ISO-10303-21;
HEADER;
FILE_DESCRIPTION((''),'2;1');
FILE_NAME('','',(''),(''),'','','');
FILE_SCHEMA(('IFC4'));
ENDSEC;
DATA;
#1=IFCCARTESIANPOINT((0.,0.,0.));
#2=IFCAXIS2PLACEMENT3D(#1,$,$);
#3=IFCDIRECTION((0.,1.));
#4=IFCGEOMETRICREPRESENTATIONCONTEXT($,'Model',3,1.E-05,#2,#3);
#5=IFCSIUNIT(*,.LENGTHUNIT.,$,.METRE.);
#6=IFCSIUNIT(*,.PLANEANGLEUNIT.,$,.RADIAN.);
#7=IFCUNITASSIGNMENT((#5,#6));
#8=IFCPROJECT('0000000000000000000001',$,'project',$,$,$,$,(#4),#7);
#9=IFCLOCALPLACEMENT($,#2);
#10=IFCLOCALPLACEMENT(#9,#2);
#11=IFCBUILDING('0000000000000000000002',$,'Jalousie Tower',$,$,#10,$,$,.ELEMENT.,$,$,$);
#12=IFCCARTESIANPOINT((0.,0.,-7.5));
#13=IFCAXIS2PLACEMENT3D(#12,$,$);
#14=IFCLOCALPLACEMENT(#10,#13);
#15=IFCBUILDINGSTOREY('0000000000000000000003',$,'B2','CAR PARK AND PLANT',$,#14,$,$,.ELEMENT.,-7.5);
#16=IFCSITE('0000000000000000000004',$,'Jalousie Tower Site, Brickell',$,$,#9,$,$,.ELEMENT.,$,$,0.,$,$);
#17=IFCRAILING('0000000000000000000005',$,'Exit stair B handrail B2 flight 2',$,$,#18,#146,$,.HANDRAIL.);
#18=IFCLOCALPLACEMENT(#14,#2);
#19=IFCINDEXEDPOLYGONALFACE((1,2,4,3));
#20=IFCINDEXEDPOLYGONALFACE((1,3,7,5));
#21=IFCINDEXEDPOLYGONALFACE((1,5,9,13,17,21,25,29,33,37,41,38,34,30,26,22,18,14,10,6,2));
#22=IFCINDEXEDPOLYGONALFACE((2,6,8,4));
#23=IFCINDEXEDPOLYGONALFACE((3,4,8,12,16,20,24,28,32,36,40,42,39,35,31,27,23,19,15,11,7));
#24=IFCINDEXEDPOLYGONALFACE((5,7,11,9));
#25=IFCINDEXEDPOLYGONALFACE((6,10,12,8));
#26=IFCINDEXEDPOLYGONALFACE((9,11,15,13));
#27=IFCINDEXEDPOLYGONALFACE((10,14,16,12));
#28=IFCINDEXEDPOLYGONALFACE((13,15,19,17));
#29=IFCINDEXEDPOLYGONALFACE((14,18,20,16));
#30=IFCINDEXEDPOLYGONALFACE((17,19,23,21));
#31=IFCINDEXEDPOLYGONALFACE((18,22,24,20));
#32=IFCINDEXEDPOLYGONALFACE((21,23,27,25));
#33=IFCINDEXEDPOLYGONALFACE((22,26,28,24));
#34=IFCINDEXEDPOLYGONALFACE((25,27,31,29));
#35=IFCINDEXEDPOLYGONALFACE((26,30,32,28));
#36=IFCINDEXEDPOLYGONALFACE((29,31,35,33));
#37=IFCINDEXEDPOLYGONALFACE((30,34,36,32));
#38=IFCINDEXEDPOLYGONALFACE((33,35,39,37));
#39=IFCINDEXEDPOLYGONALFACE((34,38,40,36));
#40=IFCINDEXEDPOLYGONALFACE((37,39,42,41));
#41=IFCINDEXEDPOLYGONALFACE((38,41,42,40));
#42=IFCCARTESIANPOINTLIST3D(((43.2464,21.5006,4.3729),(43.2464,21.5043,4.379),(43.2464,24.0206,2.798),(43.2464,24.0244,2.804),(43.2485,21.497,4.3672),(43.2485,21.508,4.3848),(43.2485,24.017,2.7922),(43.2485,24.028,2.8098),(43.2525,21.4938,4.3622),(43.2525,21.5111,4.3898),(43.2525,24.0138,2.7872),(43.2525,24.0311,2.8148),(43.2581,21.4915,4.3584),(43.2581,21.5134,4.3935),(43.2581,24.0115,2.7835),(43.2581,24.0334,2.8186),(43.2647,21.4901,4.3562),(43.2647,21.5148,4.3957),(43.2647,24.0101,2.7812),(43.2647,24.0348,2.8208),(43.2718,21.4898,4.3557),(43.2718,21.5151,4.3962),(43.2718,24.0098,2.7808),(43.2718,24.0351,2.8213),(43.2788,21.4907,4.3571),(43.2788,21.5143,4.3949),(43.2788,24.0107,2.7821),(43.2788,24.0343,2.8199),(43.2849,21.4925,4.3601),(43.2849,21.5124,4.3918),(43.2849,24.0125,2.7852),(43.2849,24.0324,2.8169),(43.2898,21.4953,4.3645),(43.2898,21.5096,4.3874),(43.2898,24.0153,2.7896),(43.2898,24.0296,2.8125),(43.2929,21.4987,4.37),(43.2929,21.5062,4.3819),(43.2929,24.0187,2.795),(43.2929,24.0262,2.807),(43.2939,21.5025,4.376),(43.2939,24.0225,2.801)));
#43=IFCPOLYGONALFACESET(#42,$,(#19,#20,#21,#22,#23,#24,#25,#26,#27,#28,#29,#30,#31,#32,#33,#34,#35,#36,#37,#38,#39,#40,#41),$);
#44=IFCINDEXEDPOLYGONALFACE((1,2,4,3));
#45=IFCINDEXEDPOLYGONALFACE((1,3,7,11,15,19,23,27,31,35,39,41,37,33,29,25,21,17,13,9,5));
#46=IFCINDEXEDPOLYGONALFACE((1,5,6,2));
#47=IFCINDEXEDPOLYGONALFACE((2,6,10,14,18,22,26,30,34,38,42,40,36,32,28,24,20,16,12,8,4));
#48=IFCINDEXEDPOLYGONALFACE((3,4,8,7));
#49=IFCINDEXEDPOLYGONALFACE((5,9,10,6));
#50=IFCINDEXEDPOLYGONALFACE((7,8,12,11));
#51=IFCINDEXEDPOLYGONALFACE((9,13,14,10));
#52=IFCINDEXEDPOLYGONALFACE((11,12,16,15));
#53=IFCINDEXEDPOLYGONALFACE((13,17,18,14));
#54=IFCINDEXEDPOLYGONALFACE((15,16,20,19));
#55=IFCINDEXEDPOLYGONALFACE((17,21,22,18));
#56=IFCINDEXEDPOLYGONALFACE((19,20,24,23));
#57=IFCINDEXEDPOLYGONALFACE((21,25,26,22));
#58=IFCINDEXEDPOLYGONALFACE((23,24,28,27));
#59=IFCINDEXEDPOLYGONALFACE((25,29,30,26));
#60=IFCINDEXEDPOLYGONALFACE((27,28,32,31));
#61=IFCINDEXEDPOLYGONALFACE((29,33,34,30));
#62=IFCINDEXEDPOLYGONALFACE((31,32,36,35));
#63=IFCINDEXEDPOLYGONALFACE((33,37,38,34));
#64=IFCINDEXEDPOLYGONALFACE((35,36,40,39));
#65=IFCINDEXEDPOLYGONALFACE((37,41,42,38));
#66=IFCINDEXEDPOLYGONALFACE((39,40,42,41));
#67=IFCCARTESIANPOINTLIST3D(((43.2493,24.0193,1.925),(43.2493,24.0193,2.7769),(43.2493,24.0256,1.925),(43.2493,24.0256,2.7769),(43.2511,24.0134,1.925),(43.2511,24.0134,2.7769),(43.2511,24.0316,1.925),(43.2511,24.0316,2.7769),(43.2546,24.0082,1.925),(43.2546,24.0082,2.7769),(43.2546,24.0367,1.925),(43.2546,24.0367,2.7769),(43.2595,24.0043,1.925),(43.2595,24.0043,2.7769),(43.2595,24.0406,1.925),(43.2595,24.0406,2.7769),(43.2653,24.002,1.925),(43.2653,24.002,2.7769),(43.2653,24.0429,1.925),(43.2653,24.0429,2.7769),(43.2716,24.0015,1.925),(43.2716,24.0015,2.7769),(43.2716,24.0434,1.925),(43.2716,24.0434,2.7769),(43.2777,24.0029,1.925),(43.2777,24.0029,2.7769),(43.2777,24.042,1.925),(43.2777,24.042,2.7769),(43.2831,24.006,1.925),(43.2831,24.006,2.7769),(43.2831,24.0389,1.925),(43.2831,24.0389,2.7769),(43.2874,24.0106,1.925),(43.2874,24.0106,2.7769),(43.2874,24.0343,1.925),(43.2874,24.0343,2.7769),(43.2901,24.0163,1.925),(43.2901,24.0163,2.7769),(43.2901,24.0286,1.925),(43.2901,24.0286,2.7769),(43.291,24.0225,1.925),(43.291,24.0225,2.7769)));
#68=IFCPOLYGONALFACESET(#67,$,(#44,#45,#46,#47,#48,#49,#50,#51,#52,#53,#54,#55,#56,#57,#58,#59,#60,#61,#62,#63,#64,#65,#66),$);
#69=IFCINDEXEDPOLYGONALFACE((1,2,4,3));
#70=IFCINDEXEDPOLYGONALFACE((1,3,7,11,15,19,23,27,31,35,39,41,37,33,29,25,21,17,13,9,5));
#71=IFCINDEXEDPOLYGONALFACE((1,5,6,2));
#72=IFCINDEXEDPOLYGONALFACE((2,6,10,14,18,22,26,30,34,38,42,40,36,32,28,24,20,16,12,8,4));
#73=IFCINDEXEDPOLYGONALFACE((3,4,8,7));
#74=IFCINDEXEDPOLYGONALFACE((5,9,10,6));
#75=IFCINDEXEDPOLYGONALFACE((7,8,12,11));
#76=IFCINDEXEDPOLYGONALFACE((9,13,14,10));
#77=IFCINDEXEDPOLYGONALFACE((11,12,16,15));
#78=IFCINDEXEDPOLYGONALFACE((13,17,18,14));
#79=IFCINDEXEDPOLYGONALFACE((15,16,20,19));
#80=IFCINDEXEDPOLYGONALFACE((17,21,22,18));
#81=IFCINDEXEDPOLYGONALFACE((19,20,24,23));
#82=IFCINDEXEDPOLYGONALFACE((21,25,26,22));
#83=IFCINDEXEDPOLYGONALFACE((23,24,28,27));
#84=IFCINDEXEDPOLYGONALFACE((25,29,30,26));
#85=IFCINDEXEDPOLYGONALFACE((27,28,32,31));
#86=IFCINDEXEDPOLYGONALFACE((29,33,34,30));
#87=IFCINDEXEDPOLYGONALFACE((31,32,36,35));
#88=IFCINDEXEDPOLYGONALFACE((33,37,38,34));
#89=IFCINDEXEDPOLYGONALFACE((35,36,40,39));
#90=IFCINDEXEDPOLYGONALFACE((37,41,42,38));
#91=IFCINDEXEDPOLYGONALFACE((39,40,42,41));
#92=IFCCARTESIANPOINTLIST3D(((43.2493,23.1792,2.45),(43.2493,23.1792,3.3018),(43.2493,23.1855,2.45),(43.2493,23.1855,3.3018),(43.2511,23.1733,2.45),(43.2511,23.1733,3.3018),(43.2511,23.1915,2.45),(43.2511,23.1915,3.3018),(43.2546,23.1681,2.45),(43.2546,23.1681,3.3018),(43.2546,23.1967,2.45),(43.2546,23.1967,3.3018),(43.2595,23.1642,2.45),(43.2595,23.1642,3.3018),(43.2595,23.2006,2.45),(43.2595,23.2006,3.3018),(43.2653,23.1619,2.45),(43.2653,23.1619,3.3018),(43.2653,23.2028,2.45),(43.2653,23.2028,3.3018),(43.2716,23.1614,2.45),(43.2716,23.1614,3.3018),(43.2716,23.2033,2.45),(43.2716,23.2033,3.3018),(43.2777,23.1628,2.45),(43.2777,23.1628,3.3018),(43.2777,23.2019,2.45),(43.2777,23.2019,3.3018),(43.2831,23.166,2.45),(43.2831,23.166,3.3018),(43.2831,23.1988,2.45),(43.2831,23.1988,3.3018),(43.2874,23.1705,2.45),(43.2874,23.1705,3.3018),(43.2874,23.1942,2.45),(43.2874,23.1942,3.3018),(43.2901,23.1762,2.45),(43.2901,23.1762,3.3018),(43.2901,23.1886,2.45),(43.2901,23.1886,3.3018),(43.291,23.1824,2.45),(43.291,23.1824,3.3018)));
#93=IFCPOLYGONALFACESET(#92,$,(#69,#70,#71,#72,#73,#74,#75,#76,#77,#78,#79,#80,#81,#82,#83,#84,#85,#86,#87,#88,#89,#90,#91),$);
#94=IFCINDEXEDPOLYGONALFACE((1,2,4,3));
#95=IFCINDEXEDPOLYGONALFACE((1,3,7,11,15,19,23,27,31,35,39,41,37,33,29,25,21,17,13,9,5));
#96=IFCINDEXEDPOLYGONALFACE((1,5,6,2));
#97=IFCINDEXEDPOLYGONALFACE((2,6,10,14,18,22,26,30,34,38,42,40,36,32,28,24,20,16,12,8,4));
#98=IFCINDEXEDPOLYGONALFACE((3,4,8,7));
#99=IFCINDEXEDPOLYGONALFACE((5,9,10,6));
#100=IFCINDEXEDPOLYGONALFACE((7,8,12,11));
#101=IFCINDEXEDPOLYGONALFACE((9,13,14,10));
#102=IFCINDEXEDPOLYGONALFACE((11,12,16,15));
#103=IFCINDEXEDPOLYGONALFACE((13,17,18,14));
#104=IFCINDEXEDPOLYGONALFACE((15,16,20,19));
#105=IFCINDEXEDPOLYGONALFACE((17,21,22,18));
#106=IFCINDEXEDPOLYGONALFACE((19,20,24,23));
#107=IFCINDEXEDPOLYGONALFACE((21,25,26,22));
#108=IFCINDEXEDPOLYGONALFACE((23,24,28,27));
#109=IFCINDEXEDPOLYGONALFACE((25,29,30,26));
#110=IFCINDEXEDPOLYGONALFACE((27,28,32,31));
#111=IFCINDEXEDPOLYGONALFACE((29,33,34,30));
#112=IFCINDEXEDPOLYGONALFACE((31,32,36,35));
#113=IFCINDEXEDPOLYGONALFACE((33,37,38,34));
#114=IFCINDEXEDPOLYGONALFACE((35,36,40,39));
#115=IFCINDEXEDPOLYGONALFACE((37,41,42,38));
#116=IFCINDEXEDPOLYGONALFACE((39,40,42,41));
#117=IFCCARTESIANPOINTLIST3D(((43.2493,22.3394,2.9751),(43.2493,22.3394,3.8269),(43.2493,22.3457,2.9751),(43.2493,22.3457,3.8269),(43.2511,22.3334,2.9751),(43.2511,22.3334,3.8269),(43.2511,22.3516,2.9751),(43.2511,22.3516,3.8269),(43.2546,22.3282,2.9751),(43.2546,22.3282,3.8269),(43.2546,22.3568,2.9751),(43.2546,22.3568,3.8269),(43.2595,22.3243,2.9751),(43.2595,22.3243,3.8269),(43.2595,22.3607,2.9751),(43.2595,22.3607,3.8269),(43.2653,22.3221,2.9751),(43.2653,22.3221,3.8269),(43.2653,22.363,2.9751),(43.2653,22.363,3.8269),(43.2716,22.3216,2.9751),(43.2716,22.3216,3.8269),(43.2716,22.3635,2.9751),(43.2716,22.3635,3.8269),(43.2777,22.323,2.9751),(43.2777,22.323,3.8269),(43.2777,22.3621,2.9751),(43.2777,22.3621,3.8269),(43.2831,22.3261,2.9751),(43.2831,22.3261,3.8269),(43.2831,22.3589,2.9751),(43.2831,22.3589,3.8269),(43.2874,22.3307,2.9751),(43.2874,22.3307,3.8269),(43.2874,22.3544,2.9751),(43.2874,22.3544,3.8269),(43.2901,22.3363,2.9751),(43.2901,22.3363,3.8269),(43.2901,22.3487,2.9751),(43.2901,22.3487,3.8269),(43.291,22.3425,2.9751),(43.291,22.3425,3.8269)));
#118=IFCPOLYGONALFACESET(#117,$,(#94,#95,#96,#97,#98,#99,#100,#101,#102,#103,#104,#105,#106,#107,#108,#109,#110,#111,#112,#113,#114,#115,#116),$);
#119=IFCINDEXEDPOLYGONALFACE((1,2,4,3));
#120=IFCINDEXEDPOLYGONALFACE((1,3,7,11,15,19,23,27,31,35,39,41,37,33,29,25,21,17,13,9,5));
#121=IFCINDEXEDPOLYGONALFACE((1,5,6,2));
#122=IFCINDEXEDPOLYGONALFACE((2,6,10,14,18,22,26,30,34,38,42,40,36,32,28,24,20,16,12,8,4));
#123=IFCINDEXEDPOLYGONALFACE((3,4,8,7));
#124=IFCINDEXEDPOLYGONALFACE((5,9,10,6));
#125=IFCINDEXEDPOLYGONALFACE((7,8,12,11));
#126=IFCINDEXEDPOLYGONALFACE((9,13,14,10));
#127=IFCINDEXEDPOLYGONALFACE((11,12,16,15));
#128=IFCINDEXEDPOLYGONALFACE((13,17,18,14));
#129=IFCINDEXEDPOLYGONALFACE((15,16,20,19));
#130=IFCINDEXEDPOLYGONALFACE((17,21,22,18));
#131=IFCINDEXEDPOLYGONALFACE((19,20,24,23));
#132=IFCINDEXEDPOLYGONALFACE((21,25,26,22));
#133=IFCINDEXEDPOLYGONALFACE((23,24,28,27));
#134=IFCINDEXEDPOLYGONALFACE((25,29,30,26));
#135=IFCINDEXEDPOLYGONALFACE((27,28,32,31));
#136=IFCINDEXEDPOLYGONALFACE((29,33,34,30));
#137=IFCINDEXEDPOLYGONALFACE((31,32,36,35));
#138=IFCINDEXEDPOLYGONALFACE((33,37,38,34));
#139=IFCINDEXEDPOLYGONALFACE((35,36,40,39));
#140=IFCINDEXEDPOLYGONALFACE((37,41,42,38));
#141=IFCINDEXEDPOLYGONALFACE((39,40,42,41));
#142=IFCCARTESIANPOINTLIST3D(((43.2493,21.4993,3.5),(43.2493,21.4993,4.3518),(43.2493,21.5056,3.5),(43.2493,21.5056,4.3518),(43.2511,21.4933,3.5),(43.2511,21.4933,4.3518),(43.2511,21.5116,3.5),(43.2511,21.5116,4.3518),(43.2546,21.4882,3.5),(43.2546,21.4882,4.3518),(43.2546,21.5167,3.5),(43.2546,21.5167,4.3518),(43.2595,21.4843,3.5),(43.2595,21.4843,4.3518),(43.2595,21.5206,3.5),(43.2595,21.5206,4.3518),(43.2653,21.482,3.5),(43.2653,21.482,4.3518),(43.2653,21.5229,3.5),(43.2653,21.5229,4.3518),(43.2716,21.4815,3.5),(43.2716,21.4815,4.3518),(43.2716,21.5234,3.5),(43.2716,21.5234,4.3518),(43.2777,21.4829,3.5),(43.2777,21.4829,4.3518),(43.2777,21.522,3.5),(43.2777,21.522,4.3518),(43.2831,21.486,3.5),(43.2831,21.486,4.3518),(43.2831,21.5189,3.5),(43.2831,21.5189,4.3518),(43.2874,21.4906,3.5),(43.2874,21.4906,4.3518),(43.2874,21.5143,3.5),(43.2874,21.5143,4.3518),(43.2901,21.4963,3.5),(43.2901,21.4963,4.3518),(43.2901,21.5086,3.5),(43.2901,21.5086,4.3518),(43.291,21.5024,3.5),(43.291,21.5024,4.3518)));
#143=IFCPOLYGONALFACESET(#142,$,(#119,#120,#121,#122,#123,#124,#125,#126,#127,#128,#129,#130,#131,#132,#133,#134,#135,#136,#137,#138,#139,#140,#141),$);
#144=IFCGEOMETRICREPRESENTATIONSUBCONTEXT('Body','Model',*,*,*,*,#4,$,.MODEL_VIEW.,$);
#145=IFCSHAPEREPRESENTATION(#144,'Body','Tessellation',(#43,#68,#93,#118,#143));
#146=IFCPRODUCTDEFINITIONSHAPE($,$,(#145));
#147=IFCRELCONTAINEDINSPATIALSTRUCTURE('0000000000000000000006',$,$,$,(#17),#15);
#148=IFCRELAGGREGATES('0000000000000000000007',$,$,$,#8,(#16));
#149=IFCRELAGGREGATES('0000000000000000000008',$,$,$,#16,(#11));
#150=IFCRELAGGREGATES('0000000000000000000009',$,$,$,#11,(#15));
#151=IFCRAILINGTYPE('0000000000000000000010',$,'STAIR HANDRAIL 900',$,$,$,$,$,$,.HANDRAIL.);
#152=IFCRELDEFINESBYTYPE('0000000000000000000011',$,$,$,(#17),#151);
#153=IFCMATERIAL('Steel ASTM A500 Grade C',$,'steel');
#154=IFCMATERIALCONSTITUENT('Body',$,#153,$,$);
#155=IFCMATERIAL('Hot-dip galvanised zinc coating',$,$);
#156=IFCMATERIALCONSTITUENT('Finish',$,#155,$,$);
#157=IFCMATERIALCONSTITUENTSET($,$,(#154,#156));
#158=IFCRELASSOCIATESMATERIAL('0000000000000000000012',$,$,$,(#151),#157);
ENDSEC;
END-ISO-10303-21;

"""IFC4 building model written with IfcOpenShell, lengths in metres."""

from ifc_helpers import new_model, si_unit, direction, frame, origin, origin_2d, place, context, subcontext, project, spatial, circle, extrude, material, constituent, constituent_set, type_object, element, save


model = new_model("IFC4")

# Units and contexts
model_context = context("Model", 3, precision=1e-05, world=origin(), true_north=direction((0.0, 1.0)))
body_context = subcontext(model_context, "Body", "Model", "MODEL_VIEW")
ifc_project = project(units=[si_unit("LENGTHUNIT", "METRE"), si_unit("PLANEANGLEUNIT", "RADIAN")], contexts=[model_context])

# Site, building, storey
site_placement = place(None, origin())
site = spatial("IfcSite", under=ifc_project, at=site_placement, Name="Jalousie Tower Site, Brickell", CompositionType="ELEMENT", RefElevation=0.0)
building_placement = place(site_placement, origin())
building = spatial("IfcBuilding", under=site, at=building_placement, Name="Jalousie Tower", CompositionType="ELEMENT")
storey_placement = place(building_placement, frame((0.0, 0.0, -7.5)))
storey = spatial("IfcBuildingStorey", under=building, at=storey_placement, Name="B2", Description="CAR PARK AND PLANT", CompositionType="ELEMENT", Elevation=-7.5)

# Railing
ifc_material_1 = material(Name="Steel ASTM A500 Grade C", Category="steel")
ifc_constituent_1 = constituent(ifc_material_1, Name="Body")
ifc_material_2 = material(Name="Hot-dip galvanised zinc coating")
ifc_constituent_2 = constituent(ifc_material_2, Name="Finish")
ifc_constituent_set_1 = constituent_set(constituents=[ifc_constituent_1, ifc_constituent_2])
railing_type_1 = type_object("IfcRailingType", Name="STAIR HANDRAIL 900", PredefinedType="HANDRAIL", material=ifc_constituent_set_1)
railing_1_placement = place(storey_placement, frame((43.27, 24.0225, 1.925)))
element("IfcRailing", 1, at=railing_1_placement, inside=storey, type_object=railing_type_1, Name="Exit stair B handrail B2 flight 2", PredefinedType="HANDRAIL", context=body_context, shape_type="SweptSolid", body=[
    extrude(circle(Radius=0.0239, at=origin_2d()), frame((0.0, 0.0, 0.876), z_axis=(0.0, -0.848008, 0.529984), x_axis=(1.0, 0.0, 0.0)), (0.0, 0.0, 1.0), 2.9717),
    extrude(circle(Radius=0.021, at=origin_2d()), origin(), (0.0, 0.0, 1.0), 0.8518),
    extrude(circle(Radius=0.021, at=origin_2d()), frame((0.0, -0.8401, 0.5249)), (0.0, 0.0, 1.0), 0.8518),
    extrude(circle(Radius=0.021, at=origin_2d()), frame((0.0, -1.6799, 1.05)), (0.0, 0.0, 1.0), 0.8518),
    extrude(circle(Radius=0.021, at=origin_2d()), frame((0.0, -2.52, 1.575)), (0.0, 0.0, 1.0), 0.8518),
])

save(model, "model.ifc")
